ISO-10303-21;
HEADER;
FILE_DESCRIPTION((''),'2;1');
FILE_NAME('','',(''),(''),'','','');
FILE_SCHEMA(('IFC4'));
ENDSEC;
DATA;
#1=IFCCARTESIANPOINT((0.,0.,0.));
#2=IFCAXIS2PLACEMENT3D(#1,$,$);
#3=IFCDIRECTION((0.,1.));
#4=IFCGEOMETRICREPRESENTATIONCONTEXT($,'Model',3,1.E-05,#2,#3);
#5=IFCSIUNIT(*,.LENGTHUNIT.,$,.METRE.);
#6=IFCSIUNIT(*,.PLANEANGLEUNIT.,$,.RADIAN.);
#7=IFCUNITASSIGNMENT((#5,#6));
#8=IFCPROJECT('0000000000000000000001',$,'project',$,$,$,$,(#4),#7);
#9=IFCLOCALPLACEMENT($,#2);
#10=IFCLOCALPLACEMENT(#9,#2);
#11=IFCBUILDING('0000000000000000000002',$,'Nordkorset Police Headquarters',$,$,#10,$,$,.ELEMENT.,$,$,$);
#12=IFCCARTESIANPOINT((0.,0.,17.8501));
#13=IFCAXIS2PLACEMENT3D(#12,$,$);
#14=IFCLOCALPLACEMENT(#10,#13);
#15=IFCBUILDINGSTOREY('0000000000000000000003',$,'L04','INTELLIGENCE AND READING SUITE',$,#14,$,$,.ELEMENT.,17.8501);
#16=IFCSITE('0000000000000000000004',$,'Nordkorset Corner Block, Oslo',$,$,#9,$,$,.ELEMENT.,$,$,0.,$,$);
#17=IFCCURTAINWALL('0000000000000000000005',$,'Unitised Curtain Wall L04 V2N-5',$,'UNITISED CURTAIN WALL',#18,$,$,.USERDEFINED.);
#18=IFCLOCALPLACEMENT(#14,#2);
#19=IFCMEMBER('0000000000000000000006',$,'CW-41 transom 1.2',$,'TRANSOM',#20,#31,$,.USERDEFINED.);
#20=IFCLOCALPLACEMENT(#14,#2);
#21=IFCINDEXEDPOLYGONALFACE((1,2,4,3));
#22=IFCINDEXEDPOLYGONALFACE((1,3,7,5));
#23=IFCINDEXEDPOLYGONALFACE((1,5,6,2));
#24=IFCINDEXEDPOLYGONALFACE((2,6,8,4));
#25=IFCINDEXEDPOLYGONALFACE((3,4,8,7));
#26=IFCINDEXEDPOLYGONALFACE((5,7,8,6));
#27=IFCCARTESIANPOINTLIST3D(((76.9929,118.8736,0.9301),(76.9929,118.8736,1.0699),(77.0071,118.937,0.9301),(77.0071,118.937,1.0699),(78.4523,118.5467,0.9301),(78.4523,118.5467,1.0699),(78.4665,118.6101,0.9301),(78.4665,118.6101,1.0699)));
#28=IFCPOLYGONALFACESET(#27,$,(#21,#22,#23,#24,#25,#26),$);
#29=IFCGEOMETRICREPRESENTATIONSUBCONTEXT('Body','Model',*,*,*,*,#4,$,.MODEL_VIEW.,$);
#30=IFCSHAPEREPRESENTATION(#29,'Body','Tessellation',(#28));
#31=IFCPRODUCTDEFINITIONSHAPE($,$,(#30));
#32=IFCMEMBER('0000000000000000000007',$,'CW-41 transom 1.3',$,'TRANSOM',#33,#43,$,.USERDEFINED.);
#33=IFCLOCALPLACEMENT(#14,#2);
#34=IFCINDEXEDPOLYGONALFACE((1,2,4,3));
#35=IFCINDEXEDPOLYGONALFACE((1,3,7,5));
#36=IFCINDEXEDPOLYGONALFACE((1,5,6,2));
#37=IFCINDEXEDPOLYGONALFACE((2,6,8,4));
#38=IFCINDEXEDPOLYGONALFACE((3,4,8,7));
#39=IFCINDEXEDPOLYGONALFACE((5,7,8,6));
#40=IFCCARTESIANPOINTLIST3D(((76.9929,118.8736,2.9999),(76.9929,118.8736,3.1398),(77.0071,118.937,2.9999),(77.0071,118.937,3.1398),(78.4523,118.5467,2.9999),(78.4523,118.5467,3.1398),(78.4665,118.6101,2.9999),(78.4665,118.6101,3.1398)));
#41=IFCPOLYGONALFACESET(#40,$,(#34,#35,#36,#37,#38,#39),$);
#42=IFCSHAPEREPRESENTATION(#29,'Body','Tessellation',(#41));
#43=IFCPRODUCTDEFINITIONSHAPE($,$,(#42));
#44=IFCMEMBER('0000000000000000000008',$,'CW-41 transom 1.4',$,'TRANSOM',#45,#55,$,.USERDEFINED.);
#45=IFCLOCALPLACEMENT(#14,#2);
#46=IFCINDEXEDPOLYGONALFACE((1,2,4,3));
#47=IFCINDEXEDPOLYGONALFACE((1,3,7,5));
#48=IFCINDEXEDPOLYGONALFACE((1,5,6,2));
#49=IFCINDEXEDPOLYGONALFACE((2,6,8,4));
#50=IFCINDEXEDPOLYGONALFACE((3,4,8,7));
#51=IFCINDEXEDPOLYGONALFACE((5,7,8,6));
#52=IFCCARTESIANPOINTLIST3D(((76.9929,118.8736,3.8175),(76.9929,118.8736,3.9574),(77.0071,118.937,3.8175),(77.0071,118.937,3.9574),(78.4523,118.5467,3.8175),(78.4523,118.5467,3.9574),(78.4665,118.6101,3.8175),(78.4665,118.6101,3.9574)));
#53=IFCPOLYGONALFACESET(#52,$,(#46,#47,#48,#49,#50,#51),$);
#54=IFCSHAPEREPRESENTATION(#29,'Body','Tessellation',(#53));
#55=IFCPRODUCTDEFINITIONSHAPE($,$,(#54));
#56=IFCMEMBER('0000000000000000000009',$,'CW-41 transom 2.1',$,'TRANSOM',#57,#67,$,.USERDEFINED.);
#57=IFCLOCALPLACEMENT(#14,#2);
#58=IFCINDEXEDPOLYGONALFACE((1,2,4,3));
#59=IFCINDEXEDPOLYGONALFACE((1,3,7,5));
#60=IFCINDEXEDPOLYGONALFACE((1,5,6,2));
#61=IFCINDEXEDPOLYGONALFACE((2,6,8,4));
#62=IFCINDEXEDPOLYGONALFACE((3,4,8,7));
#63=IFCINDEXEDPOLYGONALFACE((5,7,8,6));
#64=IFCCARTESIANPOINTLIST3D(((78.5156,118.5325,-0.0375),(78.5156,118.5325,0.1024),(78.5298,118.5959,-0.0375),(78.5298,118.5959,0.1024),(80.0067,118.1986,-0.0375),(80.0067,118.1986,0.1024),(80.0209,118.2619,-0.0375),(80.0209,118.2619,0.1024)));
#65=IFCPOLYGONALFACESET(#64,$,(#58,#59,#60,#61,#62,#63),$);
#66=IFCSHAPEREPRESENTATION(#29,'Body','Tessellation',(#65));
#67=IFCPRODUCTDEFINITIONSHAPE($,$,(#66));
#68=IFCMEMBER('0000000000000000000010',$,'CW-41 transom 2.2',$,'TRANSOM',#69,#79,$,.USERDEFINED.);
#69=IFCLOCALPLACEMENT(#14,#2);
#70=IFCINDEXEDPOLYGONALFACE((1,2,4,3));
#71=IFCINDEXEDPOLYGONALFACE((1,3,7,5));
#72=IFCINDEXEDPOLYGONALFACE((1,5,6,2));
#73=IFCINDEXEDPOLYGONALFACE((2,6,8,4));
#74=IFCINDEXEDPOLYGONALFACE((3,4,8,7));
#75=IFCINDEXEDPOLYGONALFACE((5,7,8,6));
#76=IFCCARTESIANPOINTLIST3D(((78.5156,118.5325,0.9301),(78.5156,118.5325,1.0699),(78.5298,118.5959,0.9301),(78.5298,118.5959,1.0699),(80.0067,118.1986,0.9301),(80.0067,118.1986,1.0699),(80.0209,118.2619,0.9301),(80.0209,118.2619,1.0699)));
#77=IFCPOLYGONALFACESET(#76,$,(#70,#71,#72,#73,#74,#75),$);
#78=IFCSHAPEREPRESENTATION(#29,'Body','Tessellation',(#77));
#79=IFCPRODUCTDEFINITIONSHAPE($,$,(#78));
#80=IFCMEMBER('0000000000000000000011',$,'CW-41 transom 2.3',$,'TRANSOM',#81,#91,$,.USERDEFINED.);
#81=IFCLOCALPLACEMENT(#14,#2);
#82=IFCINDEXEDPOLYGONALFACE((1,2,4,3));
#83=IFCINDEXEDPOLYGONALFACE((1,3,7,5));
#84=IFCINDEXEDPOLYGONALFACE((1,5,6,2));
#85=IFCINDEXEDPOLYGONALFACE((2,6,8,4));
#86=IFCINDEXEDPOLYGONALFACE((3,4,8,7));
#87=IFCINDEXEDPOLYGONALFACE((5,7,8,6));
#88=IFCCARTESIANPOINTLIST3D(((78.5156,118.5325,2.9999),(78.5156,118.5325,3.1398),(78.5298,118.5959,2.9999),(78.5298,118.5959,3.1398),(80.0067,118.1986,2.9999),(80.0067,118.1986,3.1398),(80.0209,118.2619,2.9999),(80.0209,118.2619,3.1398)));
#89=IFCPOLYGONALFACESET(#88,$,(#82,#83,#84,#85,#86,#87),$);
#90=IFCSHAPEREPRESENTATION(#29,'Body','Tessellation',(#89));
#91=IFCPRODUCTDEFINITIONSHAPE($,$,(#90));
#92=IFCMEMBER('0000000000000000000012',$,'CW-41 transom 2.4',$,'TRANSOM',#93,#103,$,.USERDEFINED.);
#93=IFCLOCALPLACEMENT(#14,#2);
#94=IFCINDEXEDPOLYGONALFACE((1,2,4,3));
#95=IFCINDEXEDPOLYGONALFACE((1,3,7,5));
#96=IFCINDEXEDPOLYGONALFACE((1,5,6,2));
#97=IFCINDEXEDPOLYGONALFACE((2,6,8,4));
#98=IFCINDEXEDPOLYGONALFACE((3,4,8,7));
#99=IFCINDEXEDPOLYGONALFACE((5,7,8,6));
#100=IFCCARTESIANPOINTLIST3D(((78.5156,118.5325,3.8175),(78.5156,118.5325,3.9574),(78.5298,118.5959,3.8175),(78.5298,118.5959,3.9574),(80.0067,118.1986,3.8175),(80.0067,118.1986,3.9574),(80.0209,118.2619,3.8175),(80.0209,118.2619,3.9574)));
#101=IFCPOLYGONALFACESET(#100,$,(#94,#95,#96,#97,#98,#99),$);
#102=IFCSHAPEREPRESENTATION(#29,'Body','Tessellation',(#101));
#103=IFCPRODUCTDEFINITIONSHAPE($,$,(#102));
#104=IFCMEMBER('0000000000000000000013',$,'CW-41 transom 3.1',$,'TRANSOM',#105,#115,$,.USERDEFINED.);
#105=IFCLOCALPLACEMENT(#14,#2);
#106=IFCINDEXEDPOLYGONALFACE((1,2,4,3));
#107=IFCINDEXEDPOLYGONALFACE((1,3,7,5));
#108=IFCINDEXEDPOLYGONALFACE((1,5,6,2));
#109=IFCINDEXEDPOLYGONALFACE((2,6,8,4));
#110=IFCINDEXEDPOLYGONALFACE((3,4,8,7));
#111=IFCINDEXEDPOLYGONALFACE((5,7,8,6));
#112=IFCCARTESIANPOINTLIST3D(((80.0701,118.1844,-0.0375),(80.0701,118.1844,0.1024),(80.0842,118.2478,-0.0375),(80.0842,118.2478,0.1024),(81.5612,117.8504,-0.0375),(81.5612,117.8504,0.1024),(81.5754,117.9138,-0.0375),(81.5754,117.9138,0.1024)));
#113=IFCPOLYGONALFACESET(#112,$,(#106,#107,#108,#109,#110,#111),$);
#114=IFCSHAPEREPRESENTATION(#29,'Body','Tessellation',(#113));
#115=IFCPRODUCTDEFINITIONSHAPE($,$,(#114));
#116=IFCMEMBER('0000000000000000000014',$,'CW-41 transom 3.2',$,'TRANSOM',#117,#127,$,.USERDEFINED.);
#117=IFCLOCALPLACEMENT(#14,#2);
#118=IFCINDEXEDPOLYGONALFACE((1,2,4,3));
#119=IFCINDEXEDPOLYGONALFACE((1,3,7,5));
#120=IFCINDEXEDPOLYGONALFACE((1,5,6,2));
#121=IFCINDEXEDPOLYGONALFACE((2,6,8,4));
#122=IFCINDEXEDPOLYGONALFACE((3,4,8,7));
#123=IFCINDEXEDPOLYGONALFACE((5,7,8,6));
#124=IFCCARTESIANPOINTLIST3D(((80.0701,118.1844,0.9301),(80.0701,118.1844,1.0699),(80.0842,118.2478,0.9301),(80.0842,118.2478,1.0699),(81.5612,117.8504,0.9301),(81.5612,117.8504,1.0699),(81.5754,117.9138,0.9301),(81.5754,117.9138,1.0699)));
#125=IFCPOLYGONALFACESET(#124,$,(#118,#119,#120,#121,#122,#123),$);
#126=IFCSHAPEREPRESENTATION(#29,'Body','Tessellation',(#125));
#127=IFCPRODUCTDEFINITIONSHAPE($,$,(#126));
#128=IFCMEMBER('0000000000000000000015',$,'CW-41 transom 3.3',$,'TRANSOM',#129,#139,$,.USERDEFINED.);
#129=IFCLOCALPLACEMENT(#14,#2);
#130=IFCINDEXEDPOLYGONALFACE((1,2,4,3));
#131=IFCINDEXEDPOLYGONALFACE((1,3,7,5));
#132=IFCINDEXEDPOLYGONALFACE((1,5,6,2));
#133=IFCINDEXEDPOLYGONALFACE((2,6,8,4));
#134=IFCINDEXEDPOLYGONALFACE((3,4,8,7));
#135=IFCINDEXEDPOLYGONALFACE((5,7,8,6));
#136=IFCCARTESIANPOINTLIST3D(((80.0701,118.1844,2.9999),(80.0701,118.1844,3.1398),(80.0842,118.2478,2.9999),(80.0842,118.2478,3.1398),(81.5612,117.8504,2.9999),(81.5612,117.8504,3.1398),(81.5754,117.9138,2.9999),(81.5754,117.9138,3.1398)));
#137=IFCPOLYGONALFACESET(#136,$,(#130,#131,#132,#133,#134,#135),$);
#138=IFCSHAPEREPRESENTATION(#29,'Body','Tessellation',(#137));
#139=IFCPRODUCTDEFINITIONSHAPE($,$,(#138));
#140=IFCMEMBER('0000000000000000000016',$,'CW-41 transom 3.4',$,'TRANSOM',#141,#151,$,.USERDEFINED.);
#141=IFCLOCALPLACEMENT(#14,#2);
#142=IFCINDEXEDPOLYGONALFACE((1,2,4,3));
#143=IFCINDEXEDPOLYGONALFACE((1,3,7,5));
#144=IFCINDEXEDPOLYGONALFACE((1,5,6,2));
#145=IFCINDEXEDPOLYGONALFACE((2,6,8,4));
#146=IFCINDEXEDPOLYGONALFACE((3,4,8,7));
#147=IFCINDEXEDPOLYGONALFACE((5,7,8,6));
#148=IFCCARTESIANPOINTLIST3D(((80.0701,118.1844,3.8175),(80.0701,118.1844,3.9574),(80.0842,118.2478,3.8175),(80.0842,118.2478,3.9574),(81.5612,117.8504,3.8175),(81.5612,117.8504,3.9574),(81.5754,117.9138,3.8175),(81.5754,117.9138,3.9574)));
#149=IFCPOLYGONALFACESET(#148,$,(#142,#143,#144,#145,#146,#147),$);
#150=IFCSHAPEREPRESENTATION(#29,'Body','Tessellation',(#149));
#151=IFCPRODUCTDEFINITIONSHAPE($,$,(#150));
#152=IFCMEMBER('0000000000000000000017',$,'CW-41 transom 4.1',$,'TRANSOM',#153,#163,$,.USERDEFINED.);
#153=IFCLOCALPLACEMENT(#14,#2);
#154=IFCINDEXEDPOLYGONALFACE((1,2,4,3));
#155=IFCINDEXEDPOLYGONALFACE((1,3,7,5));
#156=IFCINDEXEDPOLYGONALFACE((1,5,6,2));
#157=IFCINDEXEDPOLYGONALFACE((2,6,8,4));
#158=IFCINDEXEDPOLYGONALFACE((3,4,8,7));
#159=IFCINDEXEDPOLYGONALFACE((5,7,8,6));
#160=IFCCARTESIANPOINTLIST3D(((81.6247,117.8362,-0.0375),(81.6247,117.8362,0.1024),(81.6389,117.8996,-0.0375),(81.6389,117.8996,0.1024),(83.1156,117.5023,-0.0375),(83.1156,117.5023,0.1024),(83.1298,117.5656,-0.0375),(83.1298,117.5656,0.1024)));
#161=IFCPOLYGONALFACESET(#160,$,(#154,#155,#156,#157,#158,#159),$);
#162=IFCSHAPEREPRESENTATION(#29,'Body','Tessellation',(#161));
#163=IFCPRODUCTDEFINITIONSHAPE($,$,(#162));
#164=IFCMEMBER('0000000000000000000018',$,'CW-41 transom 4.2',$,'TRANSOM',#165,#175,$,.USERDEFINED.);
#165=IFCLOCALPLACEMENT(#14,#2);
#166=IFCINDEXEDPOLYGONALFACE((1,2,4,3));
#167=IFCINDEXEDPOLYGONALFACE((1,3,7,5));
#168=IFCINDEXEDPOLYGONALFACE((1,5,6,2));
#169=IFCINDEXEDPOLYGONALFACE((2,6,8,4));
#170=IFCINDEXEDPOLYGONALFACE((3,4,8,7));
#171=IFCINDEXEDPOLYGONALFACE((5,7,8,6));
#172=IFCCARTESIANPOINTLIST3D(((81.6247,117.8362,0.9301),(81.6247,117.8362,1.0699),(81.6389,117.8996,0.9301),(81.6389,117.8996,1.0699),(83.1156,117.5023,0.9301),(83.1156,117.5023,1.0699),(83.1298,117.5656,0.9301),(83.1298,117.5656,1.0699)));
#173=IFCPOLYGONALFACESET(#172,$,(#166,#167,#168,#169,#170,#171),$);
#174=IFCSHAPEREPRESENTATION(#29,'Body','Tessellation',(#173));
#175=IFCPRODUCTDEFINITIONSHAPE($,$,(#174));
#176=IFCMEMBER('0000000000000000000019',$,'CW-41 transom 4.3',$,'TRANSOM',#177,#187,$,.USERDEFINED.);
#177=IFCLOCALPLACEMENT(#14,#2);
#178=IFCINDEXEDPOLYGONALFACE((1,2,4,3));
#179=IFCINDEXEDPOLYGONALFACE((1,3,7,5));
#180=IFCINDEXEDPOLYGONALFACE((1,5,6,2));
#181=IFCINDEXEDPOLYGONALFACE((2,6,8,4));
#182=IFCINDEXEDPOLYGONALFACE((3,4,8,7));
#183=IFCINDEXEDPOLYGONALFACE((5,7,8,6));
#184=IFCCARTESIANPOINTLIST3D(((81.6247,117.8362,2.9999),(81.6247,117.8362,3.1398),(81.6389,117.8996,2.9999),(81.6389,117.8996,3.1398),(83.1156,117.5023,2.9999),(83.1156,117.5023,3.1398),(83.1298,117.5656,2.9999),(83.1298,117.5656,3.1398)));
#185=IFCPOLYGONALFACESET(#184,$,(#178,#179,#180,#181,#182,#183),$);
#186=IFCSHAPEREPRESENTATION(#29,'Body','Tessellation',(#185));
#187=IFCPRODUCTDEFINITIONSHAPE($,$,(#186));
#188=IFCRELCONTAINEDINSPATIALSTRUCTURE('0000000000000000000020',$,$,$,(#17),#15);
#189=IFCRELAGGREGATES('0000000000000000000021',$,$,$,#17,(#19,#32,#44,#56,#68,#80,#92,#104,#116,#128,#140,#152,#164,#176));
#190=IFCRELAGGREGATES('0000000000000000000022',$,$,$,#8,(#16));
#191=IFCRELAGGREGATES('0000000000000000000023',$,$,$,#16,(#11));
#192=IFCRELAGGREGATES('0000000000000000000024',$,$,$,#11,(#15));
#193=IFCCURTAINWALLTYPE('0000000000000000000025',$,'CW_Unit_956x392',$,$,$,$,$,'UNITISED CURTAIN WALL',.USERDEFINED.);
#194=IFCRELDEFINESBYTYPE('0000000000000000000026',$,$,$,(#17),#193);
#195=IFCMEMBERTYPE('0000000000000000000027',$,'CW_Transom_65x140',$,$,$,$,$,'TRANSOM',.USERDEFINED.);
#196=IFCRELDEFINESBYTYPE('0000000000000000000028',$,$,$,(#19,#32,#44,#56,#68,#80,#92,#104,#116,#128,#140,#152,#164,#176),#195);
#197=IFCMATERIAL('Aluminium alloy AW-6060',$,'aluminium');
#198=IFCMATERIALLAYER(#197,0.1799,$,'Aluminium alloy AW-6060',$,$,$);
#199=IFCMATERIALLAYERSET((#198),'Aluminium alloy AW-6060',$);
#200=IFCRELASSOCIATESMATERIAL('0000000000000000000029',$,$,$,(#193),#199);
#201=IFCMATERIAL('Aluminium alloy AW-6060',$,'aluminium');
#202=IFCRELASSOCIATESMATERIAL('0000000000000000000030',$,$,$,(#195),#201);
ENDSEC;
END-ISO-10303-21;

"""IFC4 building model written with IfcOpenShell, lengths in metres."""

from ifc_helpers import new_model, si_unit, direction, frame, origin, origin_2d, place, context, subcontext, project, spatial, rectangle, extrude, material, layer, layer_set, material_profile, profile_set, type_object, element, aggregate, save


model = new_model("IFC4")

# Units and contexts
model_context = context("Model", 3, precision=1e-05, world=origin(), true_north=direction((0.0, 1.0)))
body_context = subcontext(model_context, "Body", "Model", "MODEL_VIEW")
ifc_project = project(units=[si_unit("LENGTHUNIT", "METRE"), si_unit("PLANEANGLEUNIT", "RADIAN")], contexts=[model_context])

# Site, building, storey
site_placement = place(None, origin())
site = spatial("IfcSite", under=ifc_project, at=site_placement, Name="Nordkorset Corner Block, Oslo", CompositionType="ELEMENT", RefElevation=0.0)
building_placement = place(site_placement, origin())
building = spatial("IfcBuilding", under=site, at=building_placement, Name="Nordkorset Police Headquarters", CompositionType="ELEMENT")
storey_placement = place(building_placement, frame((0.0, 0.0, 17.8501)))
storey = spatial("IfcBuildingStorey", under=building, at=storey_placement, Name="L04", Description="INTELLIGENCE AND READING SUITE", CompositionType="ELEMENT", Elevation=17.8501)

# Curtain wall
ifc_material_1 = material(Name="Aluminium alloy AW-6060", Category="aluminium")
ifc_layer_1 = layer(ifc_material_1, 0.1799, Name="Aluminium alloy AW-6060")
ifc_layer_set_1 = layer_set([ifc_layer_1], Name="Aluminium alloy AW-6060")
curtain_wall_type_1 = type_object("IfcCurtainWallType", Name="CW_Unit_956x392", ElementType="UNITISED CURTAIN WALL", PredefinedType="USERDEFINED", material=ifc_layer_set_1)
curtain_wall_1_placement = place(storey_placement, origin())
curtain_wall_1 = element("IfcCurtainWall", 1, at=curtain_wall_1_placement, inside=storey, type_object=curtain_wall_type_1, Name="Unitised Curtain Wall L04 V2N-5", ObjectType="UNITISED CURTAIN WALL", PredefinedType="USERDEFINED")

# Members
ifc_material_2 = material(Name="Aluminium alloy AW-6060", Category="aluminium")
ifc_material_profile_1 = material_profile(ifc_material_2, rectangle(XDim=0.0649, YDim=0.1399, at=origin_2d()), Name="ALU TRAN 65x140")
ifc_profile_set_1 = profile_set([ifc_material_profile_1], Name="Aluminium alloy AW-6060")
member_type_1 = type_object("IfcMemberType", Name="CW_Transom_65x140", ElementType="TRANSOM", PredefinedType="USERDEFINED", material=ifc_profile_set_1)
member_1_placement = place(storey_placement, frame((77.0, 118.9053, 1.0), z_axis=(0.975821, -0.218572, 0.0), x_axis=(0.218572, 0.975821, 0.0)))
member_1 = element("IfcMember", 2, at=member_1_placement, type_object=member_type_1, Name="CW-41 transom 1.2", ObjectType="TRANSOM", PredefinedType="USERDEFINED", context=body_context, shape_type="SweptSolid", body=[
    extrude(rectangle(XDim=0.0649, YDim=0.1399, at=origin_2d()), origin(), (0.0, 0.0, 1.0), 1.4956),
])
member_2_placement = place(storey_placement, frame((77.0, 118.9053, 3.0698), z_axis=(0.975821, -0.218572, 0.0), x_axis=(0.218572, 0.975821, 0.0)))
member_2 = element("IfcMember", 3, at=member_2_placement, type_object=member_type_1, Name="CW-41 transom 1.3", ObjectType="TRANSOM", PredefinedType="USERDEFINED", context=body_context, shape_type="SweptSolid", body=[
    extrude(rectangle(XDim=0.0649, YDim=0.1399, at=origin_2d()), origin(), (0.0, 0.0, 1.0), 1.4956),
])
member_3_placement = place(storey_placement, frame((77.0, 118.9053, 3.8875), z_axis=(0.975821, -0.218572, 0.0), x_axis=(0.218572, 0.975821, 0.0)))
member_3 = element("IfcMember", 4, at=member_3_placement, type_object=member_type_1, Name="CW-41 transom 1.4", ObjectType="TRANSOM", PredefinedType="USERDEFINED", context=body_context, shape_type="SweptSolid", body=[
    extrude(rectangle(XDim=0.0649, YDim=0.1399, at=origin_2d()), origin(), (0.0, 0.0, 1.0), 1.4956),
])
member_4_placement = place(storey_placement, frame((78.5227, 118.5642, 0.0325), z_axis=(0.975825, -0.218554, 0.0), x_axis=(0.218554, 0.975825, 0.0)))
member_4 = element("IfcMember", 5, at=member_4_placement, type_object=member_type_1, Name="CW-41 transom 2.1", ObjectType="TRANSOM", PredefinedType="USERDEFINED", context=body_context, shape_type="SweptSolid", body=[
    extrude(rectangle(XDim=0.0649, YDim=0.1399, at=origin_2d()), origin(), (0.0, 0.0, 1.0), 1.5281),
])
member_5_placement = place(storey_placement, frame((78.5227, 118.5642, 1.0), z_axis=(0.975825, -0.218554, 0.0), x_axis=(0.218554, 0.975825, 0.0)))
member_5 = element("IfcMember", 6, at=member_5_placement, type_object=member_type_1, Name="CW-41 transom 2.2", ObjectType="TRANSOM", PredefinedType="USERDEFINED", context=body_context, shape_type="SweptSolid", body=[
    extrude(rectangle(XDim=0.0649, YDim=0.1399, at=origin_2d()), origin(), (0.0, 0.0, 1.0), 1.5281),
])
member_6_placement = place(storey_placement, frame((78.5227, 118.5642, 3.0698), z_axis=(0.975825, -0.218554, 0.0), x_axis=(0.218554, 0.975825, 0.0)))
member_6 = element("IfcMember", 7, at=member_6_placement, type_object=member_type_1, Name="CW-41 transom 2.3", ObjectType="TRANSOM", PredefinedType="USERDEFINED", context=body_context, shape_type="SweptSolid", body=[
    extrude(rectangle(XDim=0.0649, YDim=0.1399, at=origin_2d()), origin(), (0.0, 0.0, 1.0), 1.5281),
])
member_7_placement = place(storey_placement, frame((78.5227, 118.5642, 3.8875), z_axis=(0.975825, -0.218554, 0.0), x_axis=(0.218554, 0.975825, 0.0)))
member_7 = element("IfcMember", 8, at=member_7_placement, type_object=member_type_1, Name="CW-41 transom 2.4", ObjectType="TRANSOM", PredefinedType="USERDEFINED", context=body_context, shape_type="SweptSolid", body=[
    extrude(rectangle(XDim=0.0649, YDim=0.1399, at=origin_2d()), origin(), (0.0, 0.0, 1.0), 1.5281),
])
member_8_placement = place(storey_placement, frame((80.0771, 118.2161, 0.0325), z_axis=(0.975825, -0.218554, 0.0), x_axis=(0.218554, 0.975825, 0.0)))
member_8 = element("IfcMember", 9, at=member_8_placement, type_object=member_type_1, Name="CW-41 transom 3.1", ObjectType="TRANSOM", PredefinedType="USERDEFINED", context=body_context, shape_type="SweptSolid", body=[
    extrude(rectangle(XDim=0.0649, YDim=0.1399, at=origin_2d()), origin(), (0.0, 0.0, 1.0), 1.5281),
])
member_9_placement = place(storey_placement, frame((80.0771, 118.2161, 1.0), z_axis=(0.975825, -0.218554, 0.0), x_axis=(0.218554, 0.975825, 0.0)))
member_9 = element("IfcMember", 10, at=member_9_placement, type_object=member_type_1, Name="CW-41 transom 3.2", ObjectType="TRANSOM", PredefinedType="USERDEFINED", context=body_context, shape_type="SweptSolid", body=[
    extrude(rectangle(XDim=0.0649, YDim=0.1399, at=origin_2d()), origin(), (0.0, 0.0, 1.0), 1.5281),
])
member_10_placement = place(storey_placement, frame((80.0771, 118.2161, 3.0698), z_axis=(0.975825, -0.218554, 0.0), x_axis=(0.218554, 0.975825, 0.0)))
member_10 = element("IfcMember", 11, at=member_10_placement, type_object=member_type_1, Name="CW-41 transom 3.3", ObjectType="TRANSOM", PredefinedType="USERDEFINED", context=body_context, shape_type="SweptSolid", body=[
    extrude(rectangle(XDim=0.0649, YDim=0.1399, at=origin_2d()), origin(), (0.0, 0.0, 1.0), 1.5281),
])
member_11_placement = place(storey_placement, frame((80.0771, 118.2161, 3.8875), z_axis=(0.975825, -0.218554, 0.0), x_axis=(0.218554, 0.975825, 0.0)))
member_11 = element("IfcMember", 12, at=member_11_placement, type_object=member_type_1, Name="CW-41 transom 3.4", ObjectType="TRANSOM", PredefinedType="USERDEFINED", context=body_context, shape_type="SweptSolid", body=[
    extrude(rectangle(XDim=0.0649, YDim=0.1399, at=origin_2d()), origin(), (0.0, 0.0, 1.0), 1.5281),
])
member_12_placement = place(storey_placement, frame((81.6318, 117.8679, 0.0325), z_axis=(0.975817, -0.218588, 0.0), x_axis=(0.218588, 0.975817, 0.0)))
member_12 = element("IfcMember", 13, at=member_12_placement, type_object=member_type_1, Name="CW-41 transom 4.1", ObjectType="TRANSOM", PredefinedType="USERDEFINED", context=body_context, shape_type="SweptSolid", body=[
    extrude(rectangle(XDim=0.0649, YDim=0.1399, at=origin_2d()), origin(), (0.0, 0.0, 1.0), 1.5278),
])
member_13_placement = place(storey_placement, frame((81.6318, 117.8679, 1.0), z_axis=(0.975817, -0.218588, 0.0), x_axis=(0.218588, 0.975817, 0.0)))
member_13 = element("IfcMember", 14, at=member_13_placement, type_object=member_type_1, Name="CW-41 transom 4.2", ObjectType="TRANSOM", PredefinedType="USERDEFINED", context=body_context, shape_type="SweptSolid", body=[
    extrude(rectangle(XDim=0.0649, YDim=0.1399, at=origin_2d()), origin(), (0.0, 0.0, 1.0), 1.5278),
])
member_14_placement = place(storey_placement, frame((81.6318, 117.8679, 3.0698), z_axis=(0.975817, -0.218588, 0.0), x_axis=(0.218588, 0.975817, 0.0)))
member_14 = element("IfcMember", 15, at=member_14_placement, type_object=member_type_1, Name="CW-41 transom 4.3", ObjectType="TRANSOM", PredefinedType="USERDEFINED", context=body_context, shape_type="SweptSolid", body=[
    extrude(rectangle(XDim=0.0649, YDim=0.1399, at=origin_2d()), origin(), (0.0, 0.0, 1.0), 1.5278),
])

aggregate(curtain_wall_1, [member_1, member_2, member_3, member_4, member_5, member_6, member_7, member_8, member_9, member_10, member_11, member_12, member_13, member_14])

save(model, "model.ifc")
